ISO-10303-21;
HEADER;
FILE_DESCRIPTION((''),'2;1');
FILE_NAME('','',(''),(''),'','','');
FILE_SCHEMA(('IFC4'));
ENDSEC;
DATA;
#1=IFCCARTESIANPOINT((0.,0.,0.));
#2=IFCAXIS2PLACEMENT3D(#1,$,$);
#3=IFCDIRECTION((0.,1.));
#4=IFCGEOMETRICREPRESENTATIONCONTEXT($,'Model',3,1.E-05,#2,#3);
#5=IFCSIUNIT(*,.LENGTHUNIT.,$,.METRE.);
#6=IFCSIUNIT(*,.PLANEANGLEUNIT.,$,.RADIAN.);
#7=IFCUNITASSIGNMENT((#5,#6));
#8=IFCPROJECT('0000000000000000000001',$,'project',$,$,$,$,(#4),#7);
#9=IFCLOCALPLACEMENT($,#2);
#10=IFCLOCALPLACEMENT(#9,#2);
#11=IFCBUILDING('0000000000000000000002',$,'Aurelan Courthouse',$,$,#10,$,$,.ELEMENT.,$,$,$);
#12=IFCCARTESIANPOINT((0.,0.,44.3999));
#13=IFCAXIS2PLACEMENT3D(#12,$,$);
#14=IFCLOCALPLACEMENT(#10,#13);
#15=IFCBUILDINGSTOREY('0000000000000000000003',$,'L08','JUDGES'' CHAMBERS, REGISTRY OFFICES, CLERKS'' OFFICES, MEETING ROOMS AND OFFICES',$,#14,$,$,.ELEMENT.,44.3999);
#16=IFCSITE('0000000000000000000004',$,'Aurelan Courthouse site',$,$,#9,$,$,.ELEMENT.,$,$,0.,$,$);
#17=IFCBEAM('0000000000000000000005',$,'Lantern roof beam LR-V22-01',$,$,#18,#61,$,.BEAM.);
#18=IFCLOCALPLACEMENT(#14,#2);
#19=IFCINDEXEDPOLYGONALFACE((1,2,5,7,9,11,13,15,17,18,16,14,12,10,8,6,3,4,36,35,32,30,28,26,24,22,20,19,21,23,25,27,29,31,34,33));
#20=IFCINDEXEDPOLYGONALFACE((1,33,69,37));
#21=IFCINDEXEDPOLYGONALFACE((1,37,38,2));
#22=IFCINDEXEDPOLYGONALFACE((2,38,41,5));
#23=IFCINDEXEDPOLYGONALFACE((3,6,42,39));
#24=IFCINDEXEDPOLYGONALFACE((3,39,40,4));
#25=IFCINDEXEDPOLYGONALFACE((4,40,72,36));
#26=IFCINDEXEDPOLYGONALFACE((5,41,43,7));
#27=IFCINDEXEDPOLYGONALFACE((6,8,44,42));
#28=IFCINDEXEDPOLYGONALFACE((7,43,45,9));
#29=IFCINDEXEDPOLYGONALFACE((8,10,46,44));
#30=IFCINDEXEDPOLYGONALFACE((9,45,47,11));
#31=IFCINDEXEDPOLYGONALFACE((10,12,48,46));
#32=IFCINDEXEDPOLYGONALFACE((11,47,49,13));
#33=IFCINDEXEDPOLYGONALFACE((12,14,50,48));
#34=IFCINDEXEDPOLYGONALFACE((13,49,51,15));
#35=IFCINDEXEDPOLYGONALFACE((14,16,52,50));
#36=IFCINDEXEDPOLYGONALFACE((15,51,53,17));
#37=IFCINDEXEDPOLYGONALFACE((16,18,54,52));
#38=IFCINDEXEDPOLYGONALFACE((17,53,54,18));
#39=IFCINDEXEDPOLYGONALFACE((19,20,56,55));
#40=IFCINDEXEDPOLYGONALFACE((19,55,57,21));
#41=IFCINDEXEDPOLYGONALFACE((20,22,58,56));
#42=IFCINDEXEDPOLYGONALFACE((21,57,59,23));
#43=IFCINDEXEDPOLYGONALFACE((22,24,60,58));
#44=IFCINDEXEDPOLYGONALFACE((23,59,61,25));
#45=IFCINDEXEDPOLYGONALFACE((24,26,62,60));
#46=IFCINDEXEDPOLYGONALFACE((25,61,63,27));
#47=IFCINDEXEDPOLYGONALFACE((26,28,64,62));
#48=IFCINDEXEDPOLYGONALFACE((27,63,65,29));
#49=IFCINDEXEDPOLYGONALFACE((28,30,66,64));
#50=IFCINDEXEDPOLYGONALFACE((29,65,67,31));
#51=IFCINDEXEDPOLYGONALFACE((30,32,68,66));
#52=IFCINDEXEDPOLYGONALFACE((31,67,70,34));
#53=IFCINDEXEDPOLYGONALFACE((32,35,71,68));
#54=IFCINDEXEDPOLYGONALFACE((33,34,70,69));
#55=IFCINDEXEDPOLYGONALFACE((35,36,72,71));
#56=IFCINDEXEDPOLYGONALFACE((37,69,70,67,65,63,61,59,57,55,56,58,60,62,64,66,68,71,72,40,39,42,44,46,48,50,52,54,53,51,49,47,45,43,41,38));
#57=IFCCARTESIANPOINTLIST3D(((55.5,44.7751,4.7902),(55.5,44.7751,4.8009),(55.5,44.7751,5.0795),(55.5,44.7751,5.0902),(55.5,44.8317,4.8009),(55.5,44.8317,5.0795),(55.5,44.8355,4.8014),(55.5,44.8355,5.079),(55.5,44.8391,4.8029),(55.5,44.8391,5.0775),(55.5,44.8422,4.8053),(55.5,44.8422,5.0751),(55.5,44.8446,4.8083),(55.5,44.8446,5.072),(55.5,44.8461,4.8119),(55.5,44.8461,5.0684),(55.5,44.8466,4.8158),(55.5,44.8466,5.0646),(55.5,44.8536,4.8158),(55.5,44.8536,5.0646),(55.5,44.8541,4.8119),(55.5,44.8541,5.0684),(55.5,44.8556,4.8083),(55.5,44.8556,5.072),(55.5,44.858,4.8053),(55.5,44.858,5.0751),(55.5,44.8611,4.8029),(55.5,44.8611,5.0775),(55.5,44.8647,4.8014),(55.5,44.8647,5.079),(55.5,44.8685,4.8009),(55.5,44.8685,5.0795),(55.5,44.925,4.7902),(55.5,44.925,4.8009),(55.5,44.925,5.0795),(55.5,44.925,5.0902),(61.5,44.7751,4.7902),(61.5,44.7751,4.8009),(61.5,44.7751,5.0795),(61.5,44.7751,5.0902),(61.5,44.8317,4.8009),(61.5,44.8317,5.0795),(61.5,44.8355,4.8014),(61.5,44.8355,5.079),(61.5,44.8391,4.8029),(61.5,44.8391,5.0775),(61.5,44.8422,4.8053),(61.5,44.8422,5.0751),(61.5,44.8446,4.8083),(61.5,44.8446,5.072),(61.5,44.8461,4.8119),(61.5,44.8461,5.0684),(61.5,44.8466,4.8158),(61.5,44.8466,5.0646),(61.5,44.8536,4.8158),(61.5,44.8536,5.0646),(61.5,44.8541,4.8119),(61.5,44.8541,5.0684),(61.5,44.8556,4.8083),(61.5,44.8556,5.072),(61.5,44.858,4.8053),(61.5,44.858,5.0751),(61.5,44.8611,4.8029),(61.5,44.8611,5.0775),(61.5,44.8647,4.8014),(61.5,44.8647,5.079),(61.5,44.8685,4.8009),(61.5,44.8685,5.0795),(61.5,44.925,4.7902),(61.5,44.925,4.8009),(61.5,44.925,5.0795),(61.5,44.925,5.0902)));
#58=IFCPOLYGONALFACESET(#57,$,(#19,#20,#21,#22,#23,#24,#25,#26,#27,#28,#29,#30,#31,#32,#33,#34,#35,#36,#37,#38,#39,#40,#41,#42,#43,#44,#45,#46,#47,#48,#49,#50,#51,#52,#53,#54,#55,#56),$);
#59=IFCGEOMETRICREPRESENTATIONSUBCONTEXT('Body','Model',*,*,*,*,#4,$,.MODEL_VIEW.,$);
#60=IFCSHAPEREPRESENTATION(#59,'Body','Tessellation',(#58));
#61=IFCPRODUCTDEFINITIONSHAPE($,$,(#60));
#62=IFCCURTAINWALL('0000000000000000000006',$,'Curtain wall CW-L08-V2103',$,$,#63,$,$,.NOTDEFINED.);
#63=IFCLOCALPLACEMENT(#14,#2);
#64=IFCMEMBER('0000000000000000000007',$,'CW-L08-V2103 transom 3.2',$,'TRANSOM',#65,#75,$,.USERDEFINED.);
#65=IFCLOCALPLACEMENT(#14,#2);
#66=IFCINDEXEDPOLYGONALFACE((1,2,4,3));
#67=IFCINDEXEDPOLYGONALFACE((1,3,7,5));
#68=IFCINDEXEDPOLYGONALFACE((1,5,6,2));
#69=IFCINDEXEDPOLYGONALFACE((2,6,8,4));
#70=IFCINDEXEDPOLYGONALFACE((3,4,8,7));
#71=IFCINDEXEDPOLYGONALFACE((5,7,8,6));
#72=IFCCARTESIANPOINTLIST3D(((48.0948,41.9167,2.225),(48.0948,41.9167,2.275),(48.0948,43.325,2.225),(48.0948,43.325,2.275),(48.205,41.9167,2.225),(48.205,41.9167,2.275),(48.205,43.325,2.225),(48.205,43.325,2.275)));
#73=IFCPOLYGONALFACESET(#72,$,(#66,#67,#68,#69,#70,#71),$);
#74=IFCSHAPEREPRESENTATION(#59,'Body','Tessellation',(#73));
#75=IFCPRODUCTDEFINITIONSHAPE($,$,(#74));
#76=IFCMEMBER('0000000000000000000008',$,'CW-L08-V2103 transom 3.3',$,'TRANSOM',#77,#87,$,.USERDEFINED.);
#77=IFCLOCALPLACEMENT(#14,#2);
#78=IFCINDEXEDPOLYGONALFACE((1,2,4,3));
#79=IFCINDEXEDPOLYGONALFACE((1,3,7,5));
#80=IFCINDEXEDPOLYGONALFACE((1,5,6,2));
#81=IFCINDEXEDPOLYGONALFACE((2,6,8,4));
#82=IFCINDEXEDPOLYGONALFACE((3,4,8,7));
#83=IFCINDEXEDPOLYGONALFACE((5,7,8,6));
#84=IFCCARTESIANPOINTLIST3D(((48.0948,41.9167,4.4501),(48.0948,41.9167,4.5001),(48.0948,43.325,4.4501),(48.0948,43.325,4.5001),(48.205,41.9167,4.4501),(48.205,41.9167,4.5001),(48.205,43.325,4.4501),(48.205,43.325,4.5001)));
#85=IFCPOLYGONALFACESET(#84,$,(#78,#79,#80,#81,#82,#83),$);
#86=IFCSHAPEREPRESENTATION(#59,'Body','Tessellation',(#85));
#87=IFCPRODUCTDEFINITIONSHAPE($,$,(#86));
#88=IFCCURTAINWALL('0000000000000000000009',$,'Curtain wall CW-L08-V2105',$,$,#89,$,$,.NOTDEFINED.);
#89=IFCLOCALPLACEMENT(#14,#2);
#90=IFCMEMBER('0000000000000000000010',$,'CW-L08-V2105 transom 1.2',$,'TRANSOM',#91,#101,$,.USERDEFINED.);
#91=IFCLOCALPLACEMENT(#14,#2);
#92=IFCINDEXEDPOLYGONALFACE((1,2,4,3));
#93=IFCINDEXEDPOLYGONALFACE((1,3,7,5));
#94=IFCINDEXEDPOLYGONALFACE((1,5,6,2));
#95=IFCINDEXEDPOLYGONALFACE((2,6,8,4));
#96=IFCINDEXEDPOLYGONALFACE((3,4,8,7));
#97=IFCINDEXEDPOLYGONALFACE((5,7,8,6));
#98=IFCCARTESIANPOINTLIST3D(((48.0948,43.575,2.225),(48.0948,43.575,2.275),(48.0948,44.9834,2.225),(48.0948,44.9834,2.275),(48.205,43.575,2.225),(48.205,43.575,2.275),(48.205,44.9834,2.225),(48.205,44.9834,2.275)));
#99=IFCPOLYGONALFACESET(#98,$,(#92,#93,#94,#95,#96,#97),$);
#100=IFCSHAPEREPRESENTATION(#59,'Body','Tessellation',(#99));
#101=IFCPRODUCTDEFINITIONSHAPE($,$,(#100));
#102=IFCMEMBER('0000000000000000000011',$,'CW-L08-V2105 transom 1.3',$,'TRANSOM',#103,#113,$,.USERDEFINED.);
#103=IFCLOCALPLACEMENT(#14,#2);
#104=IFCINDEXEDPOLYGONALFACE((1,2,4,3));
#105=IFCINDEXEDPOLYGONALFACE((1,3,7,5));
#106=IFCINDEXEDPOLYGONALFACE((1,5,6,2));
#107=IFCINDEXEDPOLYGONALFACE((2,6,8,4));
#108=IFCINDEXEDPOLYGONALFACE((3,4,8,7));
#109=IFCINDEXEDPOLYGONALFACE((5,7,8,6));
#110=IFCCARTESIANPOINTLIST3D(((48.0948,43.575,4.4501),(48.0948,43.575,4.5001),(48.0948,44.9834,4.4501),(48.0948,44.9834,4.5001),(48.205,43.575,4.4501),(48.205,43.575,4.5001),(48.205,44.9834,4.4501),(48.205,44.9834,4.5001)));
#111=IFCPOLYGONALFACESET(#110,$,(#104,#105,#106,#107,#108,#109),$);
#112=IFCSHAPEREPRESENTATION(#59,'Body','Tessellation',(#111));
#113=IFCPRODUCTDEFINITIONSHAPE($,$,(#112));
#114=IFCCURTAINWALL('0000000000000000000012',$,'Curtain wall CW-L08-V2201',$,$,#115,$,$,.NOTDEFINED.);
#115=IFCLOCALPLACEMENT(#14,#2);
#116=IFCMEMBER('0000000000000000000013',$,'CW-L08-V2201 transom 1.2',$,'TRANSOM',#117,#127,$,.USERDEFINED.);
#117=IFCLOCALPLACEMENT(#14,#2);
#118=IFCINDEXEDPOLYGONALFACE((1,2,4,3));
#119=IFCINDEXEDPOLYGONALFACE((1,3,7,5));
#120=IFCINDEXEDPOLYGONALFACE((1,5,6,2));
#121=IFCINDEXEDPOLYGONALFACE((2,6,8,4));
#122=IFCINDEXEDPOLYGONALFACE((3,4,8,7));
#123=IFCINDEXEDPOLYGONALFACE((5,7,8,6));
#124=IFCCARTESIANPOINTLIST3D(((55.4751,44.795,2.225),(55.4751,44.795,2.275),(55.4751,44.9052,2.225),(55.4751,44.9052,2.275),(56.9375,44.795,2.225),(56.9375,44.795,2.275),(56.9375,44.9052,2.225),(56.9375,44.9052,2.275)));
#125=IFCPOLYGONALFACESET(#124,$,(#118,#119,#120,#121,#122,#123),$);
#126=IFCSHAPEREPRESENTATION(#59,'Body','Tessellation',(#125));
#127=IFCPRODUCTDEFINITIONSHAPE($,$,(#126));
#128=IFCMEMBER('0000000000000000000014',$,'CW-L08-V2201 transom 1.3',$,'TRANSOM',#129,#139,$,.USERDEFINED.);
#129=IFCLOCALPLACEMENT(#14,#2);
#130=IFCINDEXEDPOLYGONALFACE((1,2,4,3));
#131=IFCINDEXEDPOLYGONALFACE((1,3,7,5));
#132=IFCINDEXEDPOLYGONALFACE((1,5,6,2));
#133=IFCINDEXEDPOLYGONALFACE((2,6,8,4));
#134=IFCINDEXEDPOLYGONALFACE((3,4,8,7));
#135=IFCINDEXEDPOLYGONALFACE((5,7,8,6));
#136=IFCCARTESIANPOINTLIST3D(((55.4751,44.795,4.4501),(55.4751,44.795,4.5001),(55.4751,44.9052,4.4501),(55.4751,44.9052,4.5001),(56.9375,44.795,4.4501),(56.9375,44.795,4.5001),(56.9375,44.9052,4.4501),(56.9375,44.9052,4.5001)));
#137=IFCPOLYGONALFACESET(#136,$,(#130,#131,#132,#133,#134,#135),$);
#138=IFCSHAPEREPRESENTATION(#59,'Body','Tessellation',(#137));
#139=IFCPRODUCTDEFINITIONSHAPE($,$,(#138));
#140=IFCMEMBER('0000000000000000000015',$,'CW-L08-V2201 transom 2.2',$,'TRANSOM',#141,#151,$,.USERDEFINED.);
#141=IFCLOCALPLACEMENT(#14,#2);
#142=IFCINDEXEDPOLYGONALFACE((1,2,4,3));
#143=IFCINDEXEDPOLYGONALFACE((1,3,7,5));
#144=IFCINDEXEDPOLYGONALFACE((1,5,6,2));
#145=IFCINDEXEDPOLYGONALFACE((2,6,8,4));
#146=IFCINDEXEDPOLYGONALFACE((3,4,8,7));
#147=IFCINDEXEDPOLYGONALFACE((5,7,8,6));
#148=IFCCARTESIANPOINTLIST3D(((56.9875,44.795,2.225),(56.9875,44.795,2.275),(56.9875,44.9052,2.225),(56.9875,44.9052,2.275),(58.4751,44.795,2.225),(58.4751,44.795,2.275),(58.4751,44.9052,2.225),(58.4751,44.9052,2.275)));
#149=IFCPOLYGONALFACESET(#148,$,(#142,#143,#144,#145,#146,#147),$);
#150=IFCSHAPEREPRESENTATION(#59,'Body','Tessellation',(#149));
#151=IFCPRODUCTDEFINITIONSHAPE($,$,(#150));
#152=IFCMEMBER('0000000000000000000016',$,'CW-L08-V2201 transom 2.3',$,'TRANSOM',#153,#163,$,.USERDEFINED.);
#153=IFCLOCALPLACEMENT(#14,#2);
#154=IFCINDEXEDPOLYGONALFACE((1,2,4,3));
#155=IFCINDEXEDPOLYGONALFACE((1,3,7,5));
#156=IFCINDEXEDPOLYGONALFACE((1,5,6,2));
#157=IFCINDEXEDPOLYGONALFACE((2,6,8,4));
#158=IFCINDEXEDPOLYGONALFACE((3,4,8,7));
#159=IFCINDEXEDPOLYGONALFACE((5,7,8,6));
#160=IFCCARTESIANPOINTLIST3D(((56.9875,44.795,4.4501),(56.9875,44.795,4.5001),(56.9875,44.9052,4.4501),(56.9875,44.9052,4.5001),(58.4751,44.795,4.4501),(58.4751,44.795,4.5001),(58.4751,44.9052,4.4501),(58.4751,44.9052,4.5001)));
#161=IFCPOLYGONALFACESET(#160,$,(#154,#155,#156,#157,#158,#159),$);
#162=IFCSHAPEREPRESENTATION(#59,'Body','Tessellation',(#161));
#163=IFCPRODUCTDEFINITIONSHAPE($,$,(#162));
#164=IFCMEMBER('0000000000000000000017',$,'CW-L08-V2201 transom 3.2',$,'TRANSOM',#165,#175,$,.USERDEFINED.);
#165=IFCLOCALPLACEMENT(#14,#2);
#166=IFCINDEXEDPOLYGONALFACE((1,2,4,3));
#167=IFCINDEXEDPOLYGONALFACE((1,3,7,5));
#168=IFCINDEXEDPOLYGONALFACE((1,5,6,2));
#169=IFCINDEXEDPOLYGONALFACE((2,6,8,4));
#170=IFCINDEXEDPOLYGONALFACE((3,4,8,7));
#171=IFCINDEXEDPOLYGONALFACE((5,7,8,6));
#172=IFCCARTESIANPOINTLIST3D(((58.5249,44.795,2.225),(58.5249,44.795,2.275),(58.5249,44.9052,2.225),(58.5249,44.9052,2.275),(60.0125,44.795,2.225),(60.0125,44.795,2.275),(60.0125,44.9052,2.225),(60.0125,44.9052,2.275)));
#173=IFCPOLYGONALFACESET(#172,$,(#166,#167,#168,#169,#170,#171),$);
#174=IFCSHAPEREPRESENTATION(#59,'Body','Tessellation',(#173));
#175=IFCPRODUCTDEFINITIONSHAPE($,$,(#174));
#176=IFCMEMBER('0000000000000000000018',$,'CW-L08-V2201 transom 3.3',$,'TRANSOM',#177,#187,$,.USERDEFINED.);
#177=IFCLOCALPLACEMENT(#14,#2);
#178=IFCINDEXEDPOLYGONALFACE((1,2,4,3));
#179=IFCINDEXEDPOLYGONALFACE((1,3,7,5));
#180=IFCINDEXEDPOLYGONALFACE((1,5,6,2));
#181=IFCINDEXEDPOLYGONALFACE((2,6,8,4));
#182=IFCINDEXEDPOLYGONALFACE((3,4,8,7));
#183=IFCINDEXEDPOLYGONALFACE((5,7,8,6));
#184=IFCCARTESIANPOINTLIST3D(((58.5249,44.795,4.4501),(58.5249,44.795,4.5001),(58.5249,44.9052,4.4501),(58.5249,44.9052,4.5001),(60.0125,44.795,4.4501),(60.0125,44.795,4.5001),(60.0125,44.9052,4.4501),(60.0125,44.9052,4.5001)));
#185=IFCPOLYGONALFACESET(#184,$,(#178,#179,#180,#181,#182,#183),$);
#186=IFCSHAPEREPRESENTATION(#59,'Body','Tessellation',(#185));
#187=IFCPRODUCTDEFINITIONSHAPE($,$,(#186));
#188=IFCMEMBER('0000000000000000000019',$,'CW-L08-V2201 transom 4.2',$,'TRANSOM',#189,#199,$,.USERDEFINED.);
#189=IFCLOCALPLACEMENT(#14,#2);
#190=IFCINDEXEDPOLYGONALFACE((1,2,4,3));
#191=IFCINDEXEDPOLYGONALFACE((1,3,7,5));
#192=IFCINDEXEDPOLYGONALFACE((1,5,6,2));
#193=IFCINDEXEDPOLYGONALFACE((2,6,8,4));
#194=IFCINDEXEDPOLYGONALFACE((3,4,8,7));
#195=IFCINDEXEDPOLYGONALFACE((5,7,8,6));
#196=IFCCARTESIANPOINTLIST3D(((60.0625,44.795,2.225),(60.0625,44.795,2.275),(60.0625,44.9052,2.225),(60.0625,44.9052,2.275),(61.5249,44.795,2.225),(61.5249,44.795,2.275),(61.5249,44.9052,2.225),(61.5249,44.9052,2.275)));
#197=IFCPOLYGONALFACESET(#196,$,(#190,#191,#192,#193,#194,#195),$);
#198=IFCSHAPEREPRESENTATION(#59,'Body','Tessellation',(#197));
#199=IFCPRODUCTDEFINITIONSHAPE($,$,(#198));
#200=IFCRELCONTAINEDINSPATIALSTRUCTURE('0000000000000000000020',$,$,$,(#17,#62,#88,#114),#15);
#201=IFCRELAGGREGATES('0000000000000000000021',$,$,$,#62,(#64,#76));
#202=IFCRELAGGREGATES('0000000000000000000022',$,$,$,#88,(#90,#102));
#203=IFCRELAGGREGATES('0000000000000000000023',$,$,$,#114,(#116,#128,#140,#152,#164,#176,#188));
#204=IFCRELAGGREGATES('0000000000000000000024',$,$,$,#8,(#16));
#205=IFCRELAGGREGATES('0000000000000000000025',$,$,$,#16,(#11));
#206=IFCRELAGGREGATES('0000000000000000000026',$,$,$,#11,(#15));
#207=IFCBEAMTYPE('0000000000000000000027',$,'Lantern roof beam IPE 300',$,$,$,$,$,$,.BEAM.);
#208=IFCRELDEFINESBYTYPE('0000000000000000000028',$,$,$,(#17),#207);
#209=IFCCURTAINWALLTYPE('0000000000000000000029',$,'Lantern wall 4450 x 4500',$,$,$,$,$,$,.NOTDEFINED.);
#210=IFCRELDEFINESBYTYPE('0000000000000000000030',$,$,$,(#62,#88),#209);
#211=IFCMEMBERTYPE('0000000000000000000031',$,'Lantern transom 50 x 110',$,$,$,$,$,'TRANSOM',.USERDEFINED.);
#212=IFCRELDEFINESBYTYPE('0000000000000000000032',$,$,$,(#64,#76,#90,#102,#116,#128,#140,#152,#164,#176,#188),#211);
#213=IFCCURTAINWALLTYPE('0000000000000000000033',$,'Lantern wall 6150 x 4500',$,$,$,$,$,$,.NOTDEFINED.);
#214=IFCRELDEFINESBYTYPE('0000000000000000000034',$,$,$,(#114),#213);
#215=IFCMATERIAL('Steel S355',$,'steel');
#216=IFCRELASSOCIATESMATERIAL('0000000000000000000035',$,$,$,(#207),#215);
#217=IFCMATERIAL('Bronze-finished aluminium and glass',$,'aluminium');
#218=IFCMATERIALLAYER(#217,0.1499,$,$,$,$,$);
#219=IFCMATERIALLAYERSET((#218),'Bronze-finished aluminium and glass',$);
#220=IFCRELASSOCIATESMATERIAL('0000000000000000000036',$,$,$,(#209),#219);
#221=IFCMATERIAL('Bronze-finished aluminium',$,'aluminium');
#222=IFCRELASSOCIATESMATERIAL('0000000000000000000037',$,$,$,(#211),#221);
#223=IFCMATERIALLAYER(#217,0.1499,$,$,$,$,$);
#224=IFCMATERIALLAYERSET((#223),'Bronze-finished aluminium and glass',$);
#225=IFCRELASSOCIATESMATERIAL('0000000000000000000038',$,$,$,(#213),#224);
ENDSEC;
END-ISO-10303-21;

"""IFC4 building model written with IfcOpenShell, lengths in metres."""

from ifc_helpers import new_model, si_unit, direction, frame, origin, origin_2d, place, context, subcontext, project, spatial, rectangle, i_section, extrude, material, layer, layer_set, material_profile, profile_set, type_object, element, aggregate, save


model = new_model("IFC4")

# Units and contexts
model_context = context("Model", 3, precision=1e-05, world=origin(), true_north=direction((0.0, 1.0)))
body_context = subcontext(model_context, "Body", "Model", "MODEL_VIEW")
ifc_project = project(units=[si_unit("LENGTHUNIT", "METRE"), si_unit("PLANEANGLEUNIT", "RADIAN")], contexts=[model_context])

# Site, building, storey
site_placement = place(None, origin())
site = spatial("IfcSite", under=ifc_project, at=site_placement, Name="Aurelan Courthouse site", CompositionType="ELEMENT", RefElevation=0.0)
building_placement = place(site_placement, origin())
building = spatial("IfcBuilding", under=site, at=building_placement, Name="Aurelan Courthouse", CompositionType="ELEMENT")
storey_placement = place(building_placement, frame((0.0, 0.0, 44.3999)))
storey = spatial("IfcBuildingStorey", under=building, at=storey_placement, Name="L08", Description="JUDGES' CHAMBERS, REGISTRY OFFICES, CLERKS' OFFICES, MEETING ROOMS AND OFFICES", CompositionType="ELEMENT", Elevation=44.3999)

# Shared definitions
ifc_material_1 = material(Name="Steel S355", Category="steel")

# Beam
ifc_material_profile_1 = material_profile(ifc_material_1, i_section(OverallWidth=0.1499, OverallDepth=0.3, WebThickness=0.0071, FlangeThickness=0.0107, FilletRadius=0.0149, at=origin_2d()), Name="IPE 300")
ifc_profile_set_1 = profile_set([ifc_material_profile_1], Name="Steel S355")
beam_type_1 = type_object("IfcBeamType", Name="Lantern roof beam IPE 300", PredefinedType="BEAM", material=ifc_profile_set_1)
beam_placement = place(storey_placement, frame((55.5, 44.8501, 4.9402), z_axis=(1.0, 0.0, 0.0), x_axis=(0.0, 1.0, 0.0)))
element("IfcBeam", 1, at=beam_placement, inside=storey, type_object=beam_type_1, Name="Lantern roof beam LR-V22-01", PredefinedType="BEAM", context=body_context, shape_type="SweptSolid", body=[
    extrude(i_section(OverallWidth=0.1499, OverallDepth=0.3, WebThickness=0.0071, FlangeThickness=0.0107, FilletRadius=0.0149, at=origin_2d()), origin(), (0.0, 0.0, 1.0), 6.0),
])

# Curtain walls, members
ifc_material_2 = material(Name="Bronze-finished aluminium and glass", Category="aluminium")
ifc_layer_1 = layer(ifc_material_2, 0.1499)
ifc_layer_set_1 = layer_set([ifc_layer_1], Name="Bronze-finished aluminium and glass")
curtain_wall_type_1 = type_object("IfcCurtainWallType", Name="Lantern wall 4450 x 4500", PredefinedType="NOTDEFINED", material=ifc_layer_set_1)
curtain_wall_1_placement = place(storey_placement, origin())
curtain_wall_1 = element("IfcCurtainWall", 2, at=curtain_wall_1_placement, inside=storey, type_object=curtain_wall_type_1, Name="Curtain wall CW-L08-V2103", PredefinedType="NOTDEFINED")
ifc_material_3 = material(Name="Bronze-finished aluminium", Category="aluminium")
ifc_material_profile_2 = material_profile(ifc_material_3, rectangle(XDim=0.1101, YDim=0.05, at=origin_2d()), Name="Lantern transom 50 x 110")
ifc_profile_set_2 = profile_set([ifc_material_profile_2], Name="Bronze-finished aluminium")
member_type_1 = type_object("IfcMemberType", Name="Lantern transom 50 x 110", ElementType="TRANSOM", PredefinedType="USERDEFINED", material=ifc_profile_set_2)
member_1_placement = place(storey_placement, frame((48.1499, 41.9167, 2.25), z_axis=(0.0, 1.0, 0.0), x_axis=(-1.0, 0.0, 0.0)))
member_1 = element("IfcMember", 3, at=member_1_placement, type_object=member_type_1, Name="CW-L08-V2103 transom 3.2", ObjectType="TRANSOM", PredefinedType="USERDEFINED", context=body_context, shape_type="SweptSolid", body=[
    extrude(rectangle(XDim=0.1101, YDim=0.05, at=origin_2d()), origin(), (0.0, 0.0, 1.0), 1.4082),
])
member_2_placement = place(storey_placement, frame((48.1499, 41.9167, 4.4751), z_axis=(0.0, 1.0, 0.0), x_axis=(-1.0, 0.0, 0.0)))
member_2 = element("IfcMember", 4, at=member_2_placement, type_object=member_type_1, Name="CW-L08-V2103 transom 3.3", ObjectType="TRANSOM", PredefinedType="USERDEFINED", context=body_context, shape_type="SweptSolid", body=[
    extrude(rectangle(XDim=0.1101, YDim=0.05, at=origin_2d()), origin(), (0.0, 0.0, 1.0), 1.4082),
])
curtain_wall_2_placement = place(storey_placement, origin())
curtain_wall_2 = element("IfcCurtainWall", 5, at=curtain_wall_2_placement, inside=storey, type_object=curtain_wall_type_1, Name="Curtain wall CW-L08-V2105", PredefinedType="NOTDEFINED")
member_3_placement = place(storey_placement, frame((48.1499, 43.575, 2.25), z_axis=(0.0, 1.0, 0.0), x_axis=(-1.0, 0.0, 0.0)))
member_3 = element("IfcMember", 6, at=member_3_placement, type_object=member_type_1, Name="CW-L08-V2105 transom 1.2", ObjectType="TRANSOM", PredefinedType="USERDEFINED", context=body_context, shape_type="SweptSolid", body=[
    extrude(rectangle(XDim=0.1101, YDim=0.05, at=origin_2d()), origin(), (0.0, 0.0, 1.0), 1.4084),
])
member_4_placement = place(storey_placement, frame((48.1499, 43.575, 4.4751), z_axis=(0.0, 1.0, 0.0), x_axis=(-1.0, 0.0, 0.0)))
member_4 = element("IfcMember", 7, at=member_4_placement, type_object=member_type_1, Name="CW-L08-V2105 transom 1.3", ObjectType="TRANSOM", PredefinedType="USERDEFINED", context=body_context, shape_type="SweptSolid", body=[
    extrude(rectangle(XDim=0.1101, YDim=0.05, at=origin_2d()), origin(), (0.0, 0.0, 1.0), 1.4084),
])
ifc_layer_2 = layer(ifc_material_2, 0.1499)
ifc_layer_set_2 = layer_set([ifc_layer_2], Name="Bronze-finished aluminium and glass")
curtain_wall_type_2 = type_object("IfcCurtainWallType", Name="Lantern wall 6150 x 4500", PredefinedType="NOTDEFINED", material=ifc_layer_set_2)
curtain_wall_3_placement = place(storey_placement, origin())
curtain_wall_3 = element("IfcCurtainWall", 8, at=curtain_wall_3_placement, inside=storey, type_object=curtain_wall_type_2, Name="Curtain wall CW-L08-V2201", PredefinedType="NOTDEFINED")
member_5_placement = place(storey_placement, frame((55.4751, 44.8501, 2.25), z_axis=(1.0, 0.0, 0.0), x_axis=(0.0, 1.0, 0.0)))
member_5 = element("IfcMember", 9, at=member_5_placement, type_object=member_type_1, Name="CW-L08-V2201 transom 1.2", ObjectType="TRANSOM", PredefinedType="USERDEFINED", context=body_context, shape_type="SweptSolid", body=[
    extrude(rectangle(XDim=0.1101, YDim=0.05, at=origin_2d()), origin(), (0.0, 0.0, 1.0), 1.4624),
])
member_6_placement = place(storey_placement, frame((55.4751, 44.8501, 4.4751), z_axis=(1.0, 0.0, 0.0), x_axis=(0.0, 1.0, 0.0)))
member_6 = element("IfcMember", 10, at=member_6_placement, type_object=member_type_1, Name="CW-L08-V2201 transom 1.3", ObjectType="TRANSOM", PredefinedType="USERDEFINED", context=body_context, shape_type="SweptSolid", body=[
    extrude(rectangle(XDim=0.1101, YDim=0.05, at=origin_2d()), origin(), (0.0, 0.0, 1.0), 1.4624),
])
member_7_placement = place(storey_placement, frame((56.9875, 44.8501, 2.25), z_axis=(1.0, 0.0, 0.0), x_axis=(0.0, 1.0, 0.0)))
member_7 = element("IfcMember", 11, at=member_7_placement, type_object=member_type_1, Name="CW-L08-V2201 transom 2.2", ObjectType="TRANSOM", PredefinedType="USERDEFINED", context=body_context, shape_type="SweptSolid", body=[
    extrude(rectangle(XDim=0.1101, YDim=0.05, at=origin_2d()), origin(), (0.0, 0.0, 1.0), 1.4875),
])
member_8_placement = place(storey_placement, frame((56.9875, 44.8501, 4.4751), z_axis=(1.0, 0.0, 0.0), x_axis=(0.0, 1.0, 0.0)))
member_8 = element("IfcMember", 12, at=member_8_placement, type_object=member_type_1, Name="CW-L08-V2201 transom 2.3", ObjectType="TRANSOM", PredefinedType="USERDEFINED", context=body_context, shape_type="SweptSolid", body=[
    extrude(rectangle(XDim=0.1101, YDim=0.05, at=origin_2d()), origin(), (0.0, 0.0, 1.0), 1.4875),
])
member_9_placement = place(storey_placement, frame((58.5249, 44.8501, 2.25), z_axis=(1.0, 0.0, 0.0), x_axis=(0.0, 1.0, 0.0)))
member_9 = element("IfcMember", 13, at=member_9_placement, type_object=member_type_1, Name="CW-L08-V2201 transom 3.2", ObjectType="TRANSOM", PredefinedType="USERDEFINED", context=body_context, shape_type="SweptSolid", body=[
    extrude(rectangle(XDim=0.1101, YDim=0.05, at=origin_2d()), origin(), (0.0, 0.0, 1.0), 1.4875),
])
member_10_placement = place(storey_placement, frame((58.5249, 44.8501, 4.4751), z_axis=(1.0, 0.0, 0.0), x_axis=(0.0, 1.0, 0.0)))
member_10 = element("IfcMember", 14, at=member_10_placement, type_object=member_type_1, Name="CW-L08-V2201 transom 3.3", ObjectType="TRANSOM", PredefinedType="USERDEFINED", context=body_context, shape_type="SweptSolid", body=[
    extrude(rectangle(XDim=0.1101, YDim=0.05, at=origin_2d()), origin(), (0.0, 0.0, 1.0), 1.4875),
])
member_11_placement = place(storey_placement, frame((60.0625, 44.8501, 2.25), z_axis=(1.0, 0.0, 0.0), x_axis=(0.0, 1.0, 0.0)))
member_11 = element("IfcMember", 15, at=member_11_placement, type_object=member_type_1, Name="CW-L08-V2201 transom 4.2", ObjectType="TRANSOM", PredefinedType="USERDEFINED", context=body_context, shape_type="SweptSolid", body=[
    extrude(rectangle(XDim=0.1101, YDim=0.05, at=origin_2d()), origin(), (0.0, 0.0, 1.0), 1.4624),
])

aggregate(curtain_wall_1, [member_1, member_2])
aggregate(curtain_wall_2, [member_3, member_4])
aggregate(curtain_wall_3, [member_5, member_6, member_7, member_8, member_9, member_10, member_11])

save(model, "model.ifc")
